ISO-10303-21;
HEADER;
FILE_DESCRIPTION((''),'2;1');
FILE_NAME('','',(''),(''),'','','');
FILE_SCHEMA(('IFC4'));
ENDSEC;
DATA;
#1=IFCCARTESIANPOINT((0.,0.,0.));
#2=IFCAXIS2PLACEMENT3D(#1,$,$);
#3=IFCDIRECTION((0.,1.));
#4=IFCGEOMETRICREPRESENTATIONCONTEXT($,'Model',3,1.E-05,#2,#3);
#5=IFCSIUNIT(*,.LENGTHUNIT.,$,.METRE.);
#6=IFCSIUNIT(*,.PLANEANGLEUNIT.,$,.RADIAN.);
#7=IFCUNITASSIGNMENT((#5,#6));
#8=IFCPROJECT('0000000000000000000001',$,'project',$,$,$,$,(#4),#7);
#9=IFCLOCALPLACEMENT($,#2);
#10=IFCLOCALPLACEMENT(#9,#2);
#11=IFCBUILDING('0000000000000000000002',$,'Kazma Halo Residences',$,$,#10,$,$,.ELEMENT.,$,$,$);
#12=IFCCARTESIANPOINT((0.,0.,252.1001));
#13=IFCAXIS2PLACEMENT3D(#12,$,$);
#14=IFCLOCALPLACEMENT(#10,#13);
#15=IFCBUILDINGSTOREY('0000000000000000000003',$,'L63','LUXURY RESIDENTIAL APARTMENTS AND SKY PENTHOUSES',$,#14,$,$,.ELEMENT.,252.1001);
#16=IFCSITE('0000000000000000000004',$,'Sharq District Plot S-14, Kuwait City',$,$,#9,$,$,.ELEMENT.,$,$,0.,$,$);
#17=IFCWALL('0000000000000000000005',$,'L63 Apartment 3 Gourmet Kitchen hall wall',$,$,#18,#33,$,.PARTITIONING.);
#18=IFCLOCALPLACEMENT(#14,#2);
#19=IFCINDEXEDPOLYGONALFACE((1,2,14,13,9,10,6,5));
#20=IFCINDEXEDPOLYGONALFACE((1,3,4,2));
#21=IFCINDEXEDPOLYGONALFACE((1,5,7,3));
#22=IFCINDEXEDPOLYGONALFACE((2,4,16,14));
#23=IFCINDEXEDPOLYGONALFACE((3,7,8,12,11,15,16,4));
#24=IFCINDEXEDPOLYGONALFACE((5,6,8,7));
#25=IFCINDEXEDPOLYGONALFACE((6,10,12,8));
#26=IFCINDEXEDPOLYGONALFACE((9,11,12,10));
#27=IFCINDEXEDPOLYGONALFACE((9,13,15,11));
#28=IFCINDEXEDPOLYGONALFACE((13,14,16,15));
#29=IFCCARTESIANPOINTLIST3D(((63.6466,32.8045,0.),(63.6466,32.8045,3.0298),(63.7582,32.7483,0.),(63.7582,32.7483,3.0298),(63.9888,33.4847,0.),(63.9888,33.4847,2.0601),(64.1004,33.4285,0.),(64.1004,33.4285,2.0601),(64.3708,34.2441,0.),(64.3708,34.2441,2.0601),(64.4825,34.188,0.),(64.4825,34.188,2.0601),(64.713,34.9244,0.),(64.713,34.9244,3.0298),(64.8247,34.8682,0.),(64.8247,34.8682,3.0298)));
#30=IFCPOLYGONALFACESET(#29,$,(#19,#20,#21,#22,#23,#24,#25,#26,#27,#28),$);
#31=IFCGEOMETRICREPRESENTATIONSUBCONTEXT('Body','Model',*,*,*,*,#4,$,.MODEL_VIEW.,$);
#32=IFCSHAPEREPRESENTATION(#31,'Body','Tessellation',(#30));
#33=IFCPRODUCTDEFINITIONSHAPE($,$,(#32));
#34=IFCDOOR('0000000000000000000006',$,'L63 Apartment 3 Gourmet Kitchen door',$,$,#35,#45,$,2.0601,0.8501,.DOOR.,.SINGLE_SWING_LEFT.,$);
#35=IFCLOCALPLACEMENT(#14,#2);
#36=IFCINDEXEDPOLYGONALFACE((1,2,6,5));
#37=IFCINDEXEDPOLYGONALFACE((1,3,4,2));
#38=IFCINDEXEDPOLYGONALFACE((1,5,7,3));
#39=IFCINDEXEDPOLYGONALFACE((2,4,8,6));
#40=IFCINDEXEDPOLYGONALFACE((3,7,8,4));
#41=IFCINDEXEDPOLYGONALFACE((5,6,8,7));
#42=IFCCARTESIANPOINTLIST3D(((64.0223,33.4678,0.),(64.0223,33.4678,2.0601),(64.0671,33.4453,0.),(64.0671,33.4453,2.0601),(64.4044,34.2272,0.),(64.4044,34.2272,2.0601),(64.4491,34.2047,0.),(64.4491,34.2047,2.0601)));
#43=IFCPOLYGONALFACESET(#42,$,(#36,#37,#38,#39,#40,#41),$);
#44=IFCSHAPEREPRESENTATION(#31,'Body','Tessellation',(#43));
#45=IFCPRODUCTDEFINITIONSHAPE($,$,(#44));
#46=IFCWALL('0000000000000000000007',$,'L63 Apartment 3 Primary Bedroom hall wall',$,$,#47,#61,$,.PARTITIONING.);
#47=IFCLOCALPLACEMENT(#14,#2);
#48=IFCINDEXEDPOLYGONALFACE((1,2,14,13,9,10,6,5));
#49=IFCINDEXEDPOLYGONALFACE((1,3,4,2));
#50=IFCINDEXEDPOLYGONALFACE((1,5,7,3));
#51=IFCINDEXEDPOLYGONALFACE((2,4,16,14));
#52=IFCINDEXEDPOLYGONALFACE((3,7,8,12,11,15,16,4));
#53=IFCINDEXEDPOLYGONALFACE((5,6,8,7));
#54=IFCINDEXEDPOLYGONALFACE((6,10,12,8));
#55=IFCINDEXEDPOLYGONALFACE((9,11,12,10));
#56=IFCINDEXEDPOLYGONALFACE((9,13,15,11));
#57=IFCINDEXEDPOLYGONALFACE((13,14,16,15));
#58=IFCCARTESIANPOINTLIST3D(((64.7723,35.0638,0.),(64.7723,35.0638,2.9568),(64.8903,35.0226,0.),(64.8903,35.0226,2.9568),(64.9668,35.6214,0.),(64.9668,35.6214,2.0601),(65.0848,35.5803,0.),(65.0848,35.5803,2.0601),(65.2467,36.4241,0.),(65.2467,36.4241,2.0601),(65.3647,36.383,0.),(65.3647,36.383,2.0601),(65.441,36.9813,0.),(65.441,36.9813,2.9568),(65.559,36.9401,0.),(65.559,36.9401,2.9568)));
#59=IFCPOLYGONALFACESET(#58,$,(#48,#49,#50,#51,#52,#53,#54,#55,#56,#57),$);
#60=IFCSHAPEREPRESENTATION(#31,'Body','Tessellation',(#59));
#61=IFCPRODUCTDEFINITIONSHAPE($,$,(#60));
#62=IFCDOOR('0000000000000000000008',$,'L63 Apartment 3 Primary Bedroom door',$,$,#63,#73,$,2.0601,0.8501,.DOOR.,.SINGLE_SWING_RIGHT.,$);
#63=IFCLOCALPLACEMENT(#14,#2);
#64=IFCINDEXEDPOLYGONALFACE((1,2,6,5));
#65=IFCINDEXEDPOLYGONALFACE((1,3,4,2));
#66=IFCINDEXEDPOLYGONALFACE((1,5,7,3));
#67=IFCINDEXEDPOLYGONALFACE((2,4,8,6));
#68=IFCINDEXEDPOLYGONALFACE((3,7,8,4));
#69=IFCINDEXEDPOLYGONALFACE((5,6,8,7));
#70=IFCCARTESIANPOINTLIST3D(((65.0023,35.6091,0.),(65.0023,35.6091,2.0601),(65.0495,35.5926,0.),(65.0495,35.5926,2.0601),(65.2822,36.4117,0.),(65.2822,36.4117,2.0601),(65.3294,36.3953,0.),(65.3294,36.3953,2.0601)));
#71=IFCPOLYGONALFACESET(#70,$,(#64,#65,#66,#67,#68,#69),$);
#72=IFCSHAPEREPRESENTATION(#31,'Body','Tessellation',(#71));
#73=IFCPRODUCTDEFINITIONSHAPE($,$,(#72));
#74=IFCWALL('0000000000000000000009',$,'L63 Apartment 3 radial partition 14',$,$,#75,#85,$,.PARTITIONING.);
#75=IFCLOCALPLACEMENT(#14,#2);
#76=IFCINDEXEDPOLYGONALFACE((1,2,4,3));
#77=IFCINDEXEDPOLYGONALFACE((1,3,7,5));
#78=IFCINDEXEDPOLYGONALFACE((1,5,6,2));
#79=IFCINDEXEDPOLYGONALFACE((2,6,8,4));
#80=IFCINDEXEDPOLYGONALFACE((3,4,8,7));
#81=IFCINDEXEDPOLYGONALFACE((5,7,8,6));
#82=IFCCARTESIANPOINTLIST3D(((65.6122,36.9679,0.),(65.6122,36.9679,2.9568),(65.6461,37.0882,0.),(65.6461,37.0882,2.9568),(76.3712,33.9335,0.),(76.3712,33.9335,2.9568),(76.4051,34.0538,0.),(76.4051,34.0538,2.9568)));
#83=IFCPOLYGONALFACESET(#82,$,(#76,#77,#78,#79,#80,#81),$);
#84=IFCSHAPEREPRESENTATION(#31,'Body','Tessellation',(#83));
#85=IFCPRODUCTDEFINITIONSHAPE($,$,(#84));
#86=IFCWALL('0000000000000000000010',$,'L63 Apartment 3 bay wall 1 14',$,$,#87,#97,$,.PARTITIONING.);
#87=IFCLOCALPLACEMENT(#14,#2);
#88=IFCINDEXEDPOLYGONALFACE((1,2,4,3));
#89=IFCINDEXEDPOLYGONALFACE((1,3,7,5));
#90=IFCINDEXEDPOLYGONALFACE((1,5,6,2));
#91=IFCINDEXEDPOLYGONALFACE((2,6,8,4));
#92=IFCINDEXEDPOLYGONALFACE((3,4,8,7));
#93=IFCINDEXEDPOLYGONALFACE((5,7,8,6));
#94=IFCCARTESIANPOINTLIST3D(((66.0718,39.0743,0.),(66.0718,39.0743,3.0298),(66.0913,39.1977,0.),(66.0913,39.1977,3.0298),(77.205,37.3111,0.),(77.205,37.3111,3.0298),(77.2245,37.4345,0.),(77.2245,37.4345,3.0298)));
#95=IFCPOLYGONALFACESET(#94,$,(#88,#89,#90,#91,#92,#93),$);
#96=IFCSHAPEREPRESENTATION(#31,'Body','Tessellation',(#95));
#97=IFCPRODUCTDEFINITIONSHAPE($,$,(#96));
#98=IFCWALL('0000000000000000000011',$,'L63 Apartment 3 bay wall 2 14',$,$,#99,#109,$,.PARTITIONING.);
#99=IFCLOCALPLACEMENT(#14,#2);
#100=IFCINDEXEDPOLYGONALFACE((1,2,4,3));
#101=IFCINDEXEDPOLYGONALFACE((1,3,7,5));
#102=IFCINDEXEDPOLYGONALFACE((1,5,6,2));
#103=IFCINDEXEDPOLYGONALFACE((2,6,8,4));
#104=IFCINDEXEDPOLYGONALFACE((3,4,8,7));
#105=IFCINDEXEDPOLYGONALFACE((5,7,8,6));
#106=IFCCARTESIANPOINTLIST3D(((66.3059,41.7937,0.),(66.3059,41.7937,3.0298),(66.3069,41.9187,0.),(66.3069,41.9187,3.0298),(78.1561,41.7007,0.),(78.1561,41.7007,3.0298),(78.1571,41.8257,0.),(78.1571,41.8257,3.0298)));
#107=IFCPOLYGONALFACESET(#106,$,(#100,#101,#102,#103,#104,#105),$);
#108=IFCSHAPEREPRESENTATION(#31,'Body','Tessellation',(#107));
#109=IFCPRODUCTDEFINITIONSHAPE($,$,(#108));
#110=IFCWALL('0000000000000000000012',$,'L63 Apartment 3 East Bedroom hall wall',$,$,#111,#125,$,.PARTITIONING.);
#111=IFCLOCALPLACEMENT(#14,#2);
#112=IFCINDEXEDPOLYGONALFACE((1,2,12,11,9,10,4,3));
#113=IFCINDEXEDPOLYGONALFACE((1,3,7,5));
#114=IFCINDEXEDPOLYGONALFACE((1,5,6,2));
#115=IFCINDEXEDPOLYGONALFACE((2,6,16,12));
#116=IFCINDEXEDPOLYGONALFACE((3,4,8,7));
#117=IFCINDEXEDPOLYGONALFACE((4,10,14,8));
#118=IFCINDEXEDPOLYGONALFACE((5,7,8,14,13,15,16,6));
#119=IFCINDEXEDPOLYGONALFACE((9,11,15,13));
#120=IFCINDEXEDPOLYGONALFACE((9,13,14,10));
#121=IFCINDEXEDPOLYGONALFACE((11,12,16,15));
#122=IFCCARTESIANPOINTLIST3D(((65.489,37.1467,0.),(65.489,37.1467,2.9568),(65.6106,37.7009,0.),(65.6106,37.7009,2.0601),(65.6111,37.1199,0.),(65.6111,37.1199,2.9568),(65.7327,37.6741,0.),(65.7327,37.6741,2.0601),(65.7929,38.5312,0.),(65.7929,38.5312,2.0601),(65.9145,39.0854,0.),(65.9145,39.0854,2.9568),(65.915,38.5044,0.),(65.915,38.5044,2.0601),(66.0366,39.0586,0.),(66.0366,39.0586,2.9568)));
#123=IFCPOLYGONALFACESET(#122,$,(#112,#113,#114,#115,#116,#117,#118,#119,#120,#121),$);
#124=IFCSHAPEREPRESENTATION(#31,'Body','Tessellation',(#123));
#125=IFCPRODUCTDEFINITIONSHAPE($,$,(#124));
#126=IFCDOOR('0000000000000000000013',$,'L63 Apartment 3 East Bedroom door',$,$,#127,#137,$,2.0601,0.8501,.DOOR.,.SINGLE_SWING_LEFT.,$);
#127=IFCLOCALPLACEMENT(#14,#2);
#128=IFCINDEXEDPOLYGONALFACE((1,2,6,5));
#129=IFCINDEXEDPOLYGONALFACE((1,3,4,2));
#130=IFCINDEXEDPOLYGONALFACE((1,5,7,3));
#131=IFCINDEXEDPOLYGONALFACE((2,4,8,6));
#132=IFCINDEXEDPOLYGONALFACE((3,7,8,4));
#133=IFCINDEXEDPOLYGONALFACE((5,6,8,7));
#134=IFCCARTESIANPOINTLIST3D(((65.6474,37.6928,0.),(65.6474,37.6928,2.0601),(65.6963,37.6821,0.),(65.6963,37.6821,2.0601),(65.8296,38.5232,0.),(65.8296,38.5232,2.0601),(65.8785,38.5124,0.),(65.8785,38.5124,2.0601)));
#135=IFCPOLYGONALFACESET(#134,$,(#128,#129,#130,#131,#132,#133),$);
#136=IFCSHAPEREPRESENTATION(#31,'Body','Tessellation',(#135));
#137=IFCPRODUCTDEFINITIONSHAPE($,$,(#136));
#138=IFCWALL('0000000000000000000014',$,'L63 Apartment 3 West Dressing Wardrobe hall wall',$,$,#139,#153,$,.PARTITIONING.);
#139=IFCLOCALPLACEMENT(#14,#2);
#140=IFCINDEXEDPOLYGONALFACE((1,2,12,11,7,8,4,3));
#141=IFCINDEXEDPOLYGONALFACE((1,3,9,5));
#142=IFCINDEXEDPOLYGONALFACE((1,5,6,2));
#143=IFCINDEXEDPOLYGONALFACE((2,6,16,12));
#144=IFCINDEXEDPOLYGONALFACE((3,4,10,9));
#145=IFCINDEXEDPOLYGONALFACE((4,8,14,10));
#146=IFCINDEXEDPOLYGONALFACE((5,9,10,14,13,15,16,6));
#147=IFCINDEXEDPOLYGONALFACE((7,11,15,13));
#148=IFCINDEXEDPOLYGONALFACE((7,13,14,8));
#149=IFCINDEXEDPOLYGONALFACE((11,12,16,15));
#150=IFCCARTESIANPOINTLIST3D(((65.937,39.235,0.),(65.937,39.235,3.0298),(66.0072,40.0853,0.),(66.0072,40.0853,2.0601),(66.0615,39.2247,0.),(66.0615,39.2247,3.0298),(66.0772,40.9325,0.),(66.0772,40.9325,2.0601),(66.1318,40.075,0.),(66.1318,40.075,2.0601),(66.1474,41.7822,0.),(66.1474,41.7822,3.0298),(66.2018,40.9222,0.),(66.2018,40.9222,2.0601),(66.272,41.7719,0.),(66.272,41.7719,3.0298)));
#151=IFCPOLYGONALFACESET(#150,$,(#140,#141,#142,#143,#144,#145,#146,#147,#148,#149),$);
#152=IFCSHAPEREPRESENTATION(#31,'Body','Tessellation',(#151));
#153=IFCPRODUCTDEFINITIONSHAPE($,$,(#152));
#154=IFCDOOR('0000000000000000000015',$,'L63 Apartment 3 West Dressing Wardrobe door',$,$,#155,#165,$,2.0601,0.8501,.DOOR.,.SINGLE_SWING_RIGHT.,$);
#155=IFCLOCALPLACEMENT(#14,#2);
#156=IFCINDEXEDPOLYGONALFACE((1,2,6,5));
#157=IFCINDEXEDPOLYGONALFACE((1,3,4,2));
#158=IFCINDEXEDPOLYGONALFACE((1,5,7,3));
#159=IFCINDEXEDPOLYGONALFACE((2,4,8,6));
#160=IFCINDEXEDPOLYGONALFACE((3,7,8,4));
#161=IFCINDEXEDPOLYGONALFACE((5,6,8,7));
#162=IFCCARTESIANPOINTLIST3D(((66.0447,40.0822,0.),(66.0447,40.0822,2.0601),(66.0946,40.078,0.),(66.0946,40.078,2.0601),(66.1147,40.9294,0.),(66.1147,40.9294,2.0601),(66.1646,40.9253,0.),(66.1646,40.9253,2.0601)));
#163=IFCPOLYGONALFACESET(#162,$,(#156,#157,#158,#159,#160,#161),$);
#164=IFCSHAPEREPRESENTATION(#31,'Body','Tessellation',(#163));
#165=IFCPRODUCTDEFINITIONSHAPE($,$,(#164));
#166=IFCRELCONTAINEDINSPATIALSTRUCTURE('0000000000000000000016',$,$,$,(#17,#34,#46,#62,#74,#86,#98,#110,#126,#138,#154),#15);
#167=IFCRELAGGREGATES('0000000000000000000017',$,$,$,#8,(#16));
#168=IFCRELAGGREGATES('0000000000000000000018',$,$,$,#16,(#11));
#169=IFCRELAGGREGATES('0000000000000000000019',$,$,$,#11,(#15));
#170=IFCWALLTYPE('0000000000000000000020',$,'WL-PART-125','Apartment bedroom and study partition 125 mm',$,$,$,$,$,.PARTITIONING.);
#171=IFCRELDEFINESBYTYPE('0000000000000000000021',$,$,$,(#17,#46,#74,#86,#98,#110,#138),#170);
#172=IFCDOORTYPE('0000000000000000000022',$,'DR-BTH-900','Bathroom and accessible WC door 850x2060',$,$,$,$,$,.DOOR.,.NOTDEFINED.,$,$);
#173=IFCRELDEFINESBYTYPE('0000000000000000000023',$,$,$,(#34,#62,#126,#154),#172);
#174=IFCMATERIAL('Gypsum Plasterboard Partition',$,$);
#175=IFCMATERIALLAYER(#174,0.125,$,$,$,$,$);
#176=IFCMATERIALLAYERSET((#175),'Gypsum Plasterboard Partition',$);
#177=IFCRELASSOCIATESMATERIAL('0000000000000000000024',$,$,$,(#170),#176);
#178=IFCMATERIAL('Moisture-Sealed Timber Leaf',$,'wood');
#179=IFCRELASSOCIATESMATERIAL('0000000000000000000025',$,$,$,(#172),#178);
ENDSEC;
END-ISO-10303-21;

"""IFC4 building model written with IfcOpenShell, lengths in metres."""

from ifc_helpers import new_model, si_unit, direction, frame, frame_2d, origin, place, context, subcontext, project, spatial, rectangle, extrude, material, layer, layer_set, type_object, element, fill, save


model = new_model("IFC4")

# Units and contexts
model_context = context("Model", 3, precision=1e-05, world=origin(), true_north=direction((0.0, 1.0)))
body_context = subcontext(model_context, "Body", "Model", "MODEL_VIEW")
ifc_project = project(units=[si_unit("LENGTHUNIT", "METRE"), si_unit("PLANEANGLEUNIT", "RADIAN")], contexts=[model_context])

# Site, building, storey
site_placement = place(None, origin())
site = spatial("IfcSite", under=ifc_project, at=site_placement, Name="Sharq District Plot S-14, Kuwait City", CompositionType="ELEMENT", RefElevation=0.0)
building_placement = place(site_placement, origin())
building = spatial("IfcBuilding", under=site, at=building_placement, Name="Kazma Halo Residences", CompositionType="ELEMENT")
storey_placement = place(building_placement, frame((0.0, 0.0, 252.1001)))
storey = spatial("IfcBuildingStorey", under=building, at=storey_placement, Name="L63", Description="LUXURY RESIDENTIAL APARTMENTS AND SKY PENTHOUSES", CompositionType="ELEMENT", Elevation=252.1001)

# Shared definitions
ifc_material_1 = material(Name="Gypsum Plasterboard Partition")
ifc_layer_1 = layer(ifc_material_1, 0.125)
ifc_layer_set_1 = layer_set([ifc_layer_1], Name="Gypsum Plasterboard Partition")
wall_type_1 = type_object("IfcWallType", Name="WL-PART-125", Description="Apartment bedroom and study partition 125 mm", PredefinedType="PARTITIONING", material=ifc_layer_set_1)

# Walls, openings, doors
wall_1_placement = place(storey_placement, frame((63.7024, 32.7764, 0.0), z_axis=(0.0, 0.0, 1.0), x_axis=(0.449393, 0.893334, 0.0)))
wall_1 = element("IfcWall", 1, at=wall_1_placement, inside=storey, type_object=wall_type_1, Name="L63 Apartment 3 Gourmet Kitchen hall wall", PredefinedType="PARTITIONING", context=body_context, shape_type="SweptSolid", body=[
    extrude(rectangle(XDim=2.373, YDim=0.125, at=frame_2d((1.1865, 0.0))), origin(), (0.0, 0.0, 1.0), 3.0298),
])
opening_1_placement = place(wall_1_placement, frame((0.7615, 0.0, 0.0)))
opening_1 = element("IfcOpeningElement", 2, at=opening_1_placement, cuts=wall_1, PredefinedType="OPENING", context=body_context, shape_type="SweptSolid", body=[
    extrude(rectangle(XDim=0.8501, YDim=2.0601, at=frame_2d((0.425, 1.03))), frame((0.0, 0.0725, 0.0), z_axis=(0.0, -1.0, 0.0), x_axis=(1.0, 0.0, 0.0)), (0.0, 0.0, 1.0), 0.145),
])
ifc_material_2 = material(Name="Moisture-Sealed Timber Leaf", Category="wood")
door_type = type_object("IfcDoorType", Name="DR-BTH-900", Description="Bathroom and accessible WC door 850x2060", OperationType="NOTDEFINED", PredefinedType="DOOR", material=ifc_material_2)
door_1_placement = place(opening_1_placement, origin())
door_1 = element("IfcDoor", 3, at=door_1_placement, inside=storey, type_object=door_type, Name="L63 Apartment 3 Gourmet Kitchen door", OperationType="SINGLE_SWING_LEFT", OverallHeight=2.0601, OverallWidth=0.8501, PredefinedType="DOOR", context=body_context, shape_type="SweptSolid", body=[
    extrude(rectangle(XDim=0.8501, YDim=2.0601, at=frame_2d((0.425, 1.03))), frame((0.0, 0.0249, 0.0), z_axis=(0.0, -1.0, 0.0), x_axis=(1.0, 0.0, 0.0)), (0.0, 0.0, 1.0), 0.05),
])
fill(opening_1, door_1)
wall_2_placement = place(storey_placement, frame((64.8313, 35.0432, 0.0), z_axis=(0.0, 0.0, 1.0), x_axis=(0.32929, 0.944229, 0.0)))
wall_2 = element("IfcWall", 4, at=wall_2_placement, inside=storey, type_object=wall_type_1, Name="L63 Apartment 3 Primary Bedroom hall wall", PredefinedType="PARTITIONING", context=body_context, shape_type="SweptSolid", body=[
    extrude(rectangle(XDim=2.0308, YDim=0.125, at=frame_2d((1.0154, 0.0))), origin(), (0.0, 0.0, 1.0), 2.9568),
])
opening_2_placement = place(wall_2_placement, frame((0.5906, 0.0, 0.0)))
opening_2 = element("IfcOpeningElement", 5, at=opening_2_placement, cuts=wall_2, PredefinedType="OPENING", context=body_context, shape_type="SweptSolid", body=[
    extrude(rectangle(XDim=0.8501, YDim=2.0601, at=frame_2d((0.425, 1.03))), frame((0.0, 0.0725, 0.0), z_axis=(0.0, -1.0, 0.0), x_axis=(1.0, 0.0, 0.0)), (0.0, 0.0, 1.0), 0.145),
])
door_2_placement = place(opening_2_placement, origin())
door_2 = element("IfcDoor", 6, at=door_2_placement, inside=storey, type_object=door_type, Name="L63 Apartment 3 Primary Bedroom door", OperationType="SINGLE_SWING_RIGHT", OverallHeight=2.0601, OverallWidth=0.8501, PredefinedType="DOOR", context=body_context, shape_type="SweptSolid", body=[
    extrude(rectangle(XDim=0.8501, YDim=2.0601, at=frame_2d((0.425, 1.03))), frame((0.0, 0.0249, 0.0), z_axis=(0.0, -1.0, 0.0), x_axis=(1.0, 0.0, 0.0)), (0.0, 0.0, 1.0), 0.05),
])
fill(opening_2, door_2)

# Walls
wall_3_placement = place(storey_placement, frame((65.6292, 37.0281, 0.0), z_axis=(0.0, 0.0, 1.0), x_axis=(0.962454, -0.271446, 0.0)))
element("IfcWall", 7, at=wall_3_placement, inside=storey, type_object=wall_type_1, Name="L63 Apartment 3 radial partition 14", PredefinedType="PARTITIONING", context=body_context, shape_type="SweptSolid", body=[
    extrude(rectangle(XDim=11.1787, YDim=0.125, at=frame_2d((5.5894, 0.0))), origin(), (0.0, 0.0, 1.0), 2.9568),
])
wall_4_placement = place(storey_placement, frame((66.0815, 39.136, 0.0), z_axis=(0.0, 0.0, 1.0), x_axis=(0.987691, -0.156421, 0.0)))
element("IfcWall", 8, at=wall_4_placement, inside=storey, type_object=wall_type_1, Name="L63 Apartment 3 bay wall 1 14", PredefinedType="PARTITIONING", context=body_context, shape_type="SweptSolid", body=[
    extrude(rectangle(XDim=11.272, YDim=0.125, at=frame_2d((5.636, 0.0))), origin(), (0.0, 0.0, 1.0), 3.0298),
])
wall_5_placement = place(storey_placement, frame((66.3064, 41.8562, 0.0), z_axis=(0.0, 0.0, 1.0), x_axis=(0.999969, -0.007849, 0.0)))
element("IfcWall", 9, at=wall_5_placement, inside=storey, type_object=wall_type_1, Name="L63 Apartment 3 bay wall 2 14", PredefinedType="PARTITIONING", context=body_context, shape_type="SweptSolid", body=[
    extrude(rectangle(XDim=11.8506, YDim=0.125, at=frame_2d((5.9253, 0.0))), origin(), (0.0, 0.0, 1.0), 3.0298),
])

# Walls, openings, doors
wall_6_placement = place(storey_placement, frame((65.55, 37.1333, 0.0), z_axis=(0.0, 0.0, 1.0), x_axis=(0.21439, 0.976748, 0.0)))
wall_6 = element("IfcWall", 10, at=wall_6_placement, inside=storey, type_object=wall_type_1, Name="L63 Apartment 3 East Bedroom hall wall", PredefinedType="PARTITIONING", context=body_context, shape_type="SweptSolid", body=[
    extrude(rectangle(XDim=1.9849, YDim=0.125, at=frame_2d((0.9924, 0.0))), origin(), (0.0, 0.0, 1.0), 2.9568),
])
opening_3_placement = place(wall_6_placement, frame((0.5674, 0.0, 0.0)))
opening_3 = element("IfcOpeningElement", 11, at=opening_3_placement, cuts=wall_6, PredefinedType="OPENING", context=body_context, shape_type="SweptSolid", body=[
    extrude(rectangle(XDim=0.8501, YDim=2.0601, at=frame_2d((0.425, 1.03))), frame((0.0, 0.0725, 0.0), z_axis=(0.0, -1.0, 0.0), x_axis=(1.0, 0.0, 0.0)), (0.0, 0.0, 1.0), 0.145),
])
door_3_placement = place(opening_3_placement, origin())
door_3 = element("IfcDoor", 12, at=door_3_placement, inside=storey, type_object=door_type, Name="L63 Apartment 3 East Bedroom door", OperationType="SINGLE_SWING_LEFT", OverallHeight=2.0601, OverallWidth=0.8501, PredefinedType="DOOR", context=body_context, shape_type="SweptSolid", body=[
    extrude(rectangle(XDim=0.8501, YDim=2.0601, at=frame_2d((0.425, 1.03))), frame((0.0, 0.0249, 0.0), z_axis=(0.0, -1.0, 0.0), x_axis=(1.0, 0.0, 0.0)), (0.0, 0.0, 1.0), 0.05),
])
fill(opening_3, door_3)
wall_7_placement = place(storey_placement, frame((65.9993, 39.23, 0.0), z_axis=(0.0, 0.0, 1.0), x_axis=(0.082342, 0.996604, 0.0)))
wall_7 = element("IfcWall", 13, at=wall_7_placement, inside=storey, type_object=wall_type_1, Name="L63 Apartment 3 West Dressing Wardrobe hall wall", PredefinedType="PARTITIONING", context=body_context, shape_type="SweptSolid", body=[
    extrude(rectangle(XDim=2.5559, YDim=0.125, at=frame_2d((1.2778, 0.0))), origin(), (0.0, 0.0, 1.0), 3.0298),
])
opening_4_placement = place(wall_7_placement, frame((0.853, 0.0, 0.0)))
opening_4 = element("IfcOpeningElement", 14, at=opening_4_placement, cuts=wall_7, PredefinedType="OPENING", context=body_context, shape_type="SweptSolid", body=[
    extrude(rectangle(XDim=0.8501, YDim=2.0601, at=frame_2d((0.425, 1.03))), frame((0.0, 0.0725, 0.0), z_axis=(0.0, -1.0, 0.0), x_axis=(1.0, 0.0, 0.0)), (0.0, 0.0, 1.0), 0.145),
])
door_4_placement = place(opening_4_placement, origin())
door_4 = element("IfcDoor", 15, at=door_4_placement, inside=storey, type_object=door_type, Name="L63 Apartment 3 West Dressing Wardrobe door", OperationType="SINGLE_SWING_RIGHT", OverallHeight=2.0601, OverallWidth=0.8501, PredefinedType="DOOR", context=body_context, shape_type="SweptSolid", body=[
    extrude(rectangle(XDim=0.8501, YDim=2.0601, at=frame_2d((0.425, 1.03))), frame((0.0, 0.0249, 0.0), z_axis=(0.0, -1.0, 0.0), x_axis=(1.0, 0.0, 0.0)), (0.0, 0.0, 1.0), 0.05),
])
fill(opening_4, door_4)

save(model, "model.ifc")
